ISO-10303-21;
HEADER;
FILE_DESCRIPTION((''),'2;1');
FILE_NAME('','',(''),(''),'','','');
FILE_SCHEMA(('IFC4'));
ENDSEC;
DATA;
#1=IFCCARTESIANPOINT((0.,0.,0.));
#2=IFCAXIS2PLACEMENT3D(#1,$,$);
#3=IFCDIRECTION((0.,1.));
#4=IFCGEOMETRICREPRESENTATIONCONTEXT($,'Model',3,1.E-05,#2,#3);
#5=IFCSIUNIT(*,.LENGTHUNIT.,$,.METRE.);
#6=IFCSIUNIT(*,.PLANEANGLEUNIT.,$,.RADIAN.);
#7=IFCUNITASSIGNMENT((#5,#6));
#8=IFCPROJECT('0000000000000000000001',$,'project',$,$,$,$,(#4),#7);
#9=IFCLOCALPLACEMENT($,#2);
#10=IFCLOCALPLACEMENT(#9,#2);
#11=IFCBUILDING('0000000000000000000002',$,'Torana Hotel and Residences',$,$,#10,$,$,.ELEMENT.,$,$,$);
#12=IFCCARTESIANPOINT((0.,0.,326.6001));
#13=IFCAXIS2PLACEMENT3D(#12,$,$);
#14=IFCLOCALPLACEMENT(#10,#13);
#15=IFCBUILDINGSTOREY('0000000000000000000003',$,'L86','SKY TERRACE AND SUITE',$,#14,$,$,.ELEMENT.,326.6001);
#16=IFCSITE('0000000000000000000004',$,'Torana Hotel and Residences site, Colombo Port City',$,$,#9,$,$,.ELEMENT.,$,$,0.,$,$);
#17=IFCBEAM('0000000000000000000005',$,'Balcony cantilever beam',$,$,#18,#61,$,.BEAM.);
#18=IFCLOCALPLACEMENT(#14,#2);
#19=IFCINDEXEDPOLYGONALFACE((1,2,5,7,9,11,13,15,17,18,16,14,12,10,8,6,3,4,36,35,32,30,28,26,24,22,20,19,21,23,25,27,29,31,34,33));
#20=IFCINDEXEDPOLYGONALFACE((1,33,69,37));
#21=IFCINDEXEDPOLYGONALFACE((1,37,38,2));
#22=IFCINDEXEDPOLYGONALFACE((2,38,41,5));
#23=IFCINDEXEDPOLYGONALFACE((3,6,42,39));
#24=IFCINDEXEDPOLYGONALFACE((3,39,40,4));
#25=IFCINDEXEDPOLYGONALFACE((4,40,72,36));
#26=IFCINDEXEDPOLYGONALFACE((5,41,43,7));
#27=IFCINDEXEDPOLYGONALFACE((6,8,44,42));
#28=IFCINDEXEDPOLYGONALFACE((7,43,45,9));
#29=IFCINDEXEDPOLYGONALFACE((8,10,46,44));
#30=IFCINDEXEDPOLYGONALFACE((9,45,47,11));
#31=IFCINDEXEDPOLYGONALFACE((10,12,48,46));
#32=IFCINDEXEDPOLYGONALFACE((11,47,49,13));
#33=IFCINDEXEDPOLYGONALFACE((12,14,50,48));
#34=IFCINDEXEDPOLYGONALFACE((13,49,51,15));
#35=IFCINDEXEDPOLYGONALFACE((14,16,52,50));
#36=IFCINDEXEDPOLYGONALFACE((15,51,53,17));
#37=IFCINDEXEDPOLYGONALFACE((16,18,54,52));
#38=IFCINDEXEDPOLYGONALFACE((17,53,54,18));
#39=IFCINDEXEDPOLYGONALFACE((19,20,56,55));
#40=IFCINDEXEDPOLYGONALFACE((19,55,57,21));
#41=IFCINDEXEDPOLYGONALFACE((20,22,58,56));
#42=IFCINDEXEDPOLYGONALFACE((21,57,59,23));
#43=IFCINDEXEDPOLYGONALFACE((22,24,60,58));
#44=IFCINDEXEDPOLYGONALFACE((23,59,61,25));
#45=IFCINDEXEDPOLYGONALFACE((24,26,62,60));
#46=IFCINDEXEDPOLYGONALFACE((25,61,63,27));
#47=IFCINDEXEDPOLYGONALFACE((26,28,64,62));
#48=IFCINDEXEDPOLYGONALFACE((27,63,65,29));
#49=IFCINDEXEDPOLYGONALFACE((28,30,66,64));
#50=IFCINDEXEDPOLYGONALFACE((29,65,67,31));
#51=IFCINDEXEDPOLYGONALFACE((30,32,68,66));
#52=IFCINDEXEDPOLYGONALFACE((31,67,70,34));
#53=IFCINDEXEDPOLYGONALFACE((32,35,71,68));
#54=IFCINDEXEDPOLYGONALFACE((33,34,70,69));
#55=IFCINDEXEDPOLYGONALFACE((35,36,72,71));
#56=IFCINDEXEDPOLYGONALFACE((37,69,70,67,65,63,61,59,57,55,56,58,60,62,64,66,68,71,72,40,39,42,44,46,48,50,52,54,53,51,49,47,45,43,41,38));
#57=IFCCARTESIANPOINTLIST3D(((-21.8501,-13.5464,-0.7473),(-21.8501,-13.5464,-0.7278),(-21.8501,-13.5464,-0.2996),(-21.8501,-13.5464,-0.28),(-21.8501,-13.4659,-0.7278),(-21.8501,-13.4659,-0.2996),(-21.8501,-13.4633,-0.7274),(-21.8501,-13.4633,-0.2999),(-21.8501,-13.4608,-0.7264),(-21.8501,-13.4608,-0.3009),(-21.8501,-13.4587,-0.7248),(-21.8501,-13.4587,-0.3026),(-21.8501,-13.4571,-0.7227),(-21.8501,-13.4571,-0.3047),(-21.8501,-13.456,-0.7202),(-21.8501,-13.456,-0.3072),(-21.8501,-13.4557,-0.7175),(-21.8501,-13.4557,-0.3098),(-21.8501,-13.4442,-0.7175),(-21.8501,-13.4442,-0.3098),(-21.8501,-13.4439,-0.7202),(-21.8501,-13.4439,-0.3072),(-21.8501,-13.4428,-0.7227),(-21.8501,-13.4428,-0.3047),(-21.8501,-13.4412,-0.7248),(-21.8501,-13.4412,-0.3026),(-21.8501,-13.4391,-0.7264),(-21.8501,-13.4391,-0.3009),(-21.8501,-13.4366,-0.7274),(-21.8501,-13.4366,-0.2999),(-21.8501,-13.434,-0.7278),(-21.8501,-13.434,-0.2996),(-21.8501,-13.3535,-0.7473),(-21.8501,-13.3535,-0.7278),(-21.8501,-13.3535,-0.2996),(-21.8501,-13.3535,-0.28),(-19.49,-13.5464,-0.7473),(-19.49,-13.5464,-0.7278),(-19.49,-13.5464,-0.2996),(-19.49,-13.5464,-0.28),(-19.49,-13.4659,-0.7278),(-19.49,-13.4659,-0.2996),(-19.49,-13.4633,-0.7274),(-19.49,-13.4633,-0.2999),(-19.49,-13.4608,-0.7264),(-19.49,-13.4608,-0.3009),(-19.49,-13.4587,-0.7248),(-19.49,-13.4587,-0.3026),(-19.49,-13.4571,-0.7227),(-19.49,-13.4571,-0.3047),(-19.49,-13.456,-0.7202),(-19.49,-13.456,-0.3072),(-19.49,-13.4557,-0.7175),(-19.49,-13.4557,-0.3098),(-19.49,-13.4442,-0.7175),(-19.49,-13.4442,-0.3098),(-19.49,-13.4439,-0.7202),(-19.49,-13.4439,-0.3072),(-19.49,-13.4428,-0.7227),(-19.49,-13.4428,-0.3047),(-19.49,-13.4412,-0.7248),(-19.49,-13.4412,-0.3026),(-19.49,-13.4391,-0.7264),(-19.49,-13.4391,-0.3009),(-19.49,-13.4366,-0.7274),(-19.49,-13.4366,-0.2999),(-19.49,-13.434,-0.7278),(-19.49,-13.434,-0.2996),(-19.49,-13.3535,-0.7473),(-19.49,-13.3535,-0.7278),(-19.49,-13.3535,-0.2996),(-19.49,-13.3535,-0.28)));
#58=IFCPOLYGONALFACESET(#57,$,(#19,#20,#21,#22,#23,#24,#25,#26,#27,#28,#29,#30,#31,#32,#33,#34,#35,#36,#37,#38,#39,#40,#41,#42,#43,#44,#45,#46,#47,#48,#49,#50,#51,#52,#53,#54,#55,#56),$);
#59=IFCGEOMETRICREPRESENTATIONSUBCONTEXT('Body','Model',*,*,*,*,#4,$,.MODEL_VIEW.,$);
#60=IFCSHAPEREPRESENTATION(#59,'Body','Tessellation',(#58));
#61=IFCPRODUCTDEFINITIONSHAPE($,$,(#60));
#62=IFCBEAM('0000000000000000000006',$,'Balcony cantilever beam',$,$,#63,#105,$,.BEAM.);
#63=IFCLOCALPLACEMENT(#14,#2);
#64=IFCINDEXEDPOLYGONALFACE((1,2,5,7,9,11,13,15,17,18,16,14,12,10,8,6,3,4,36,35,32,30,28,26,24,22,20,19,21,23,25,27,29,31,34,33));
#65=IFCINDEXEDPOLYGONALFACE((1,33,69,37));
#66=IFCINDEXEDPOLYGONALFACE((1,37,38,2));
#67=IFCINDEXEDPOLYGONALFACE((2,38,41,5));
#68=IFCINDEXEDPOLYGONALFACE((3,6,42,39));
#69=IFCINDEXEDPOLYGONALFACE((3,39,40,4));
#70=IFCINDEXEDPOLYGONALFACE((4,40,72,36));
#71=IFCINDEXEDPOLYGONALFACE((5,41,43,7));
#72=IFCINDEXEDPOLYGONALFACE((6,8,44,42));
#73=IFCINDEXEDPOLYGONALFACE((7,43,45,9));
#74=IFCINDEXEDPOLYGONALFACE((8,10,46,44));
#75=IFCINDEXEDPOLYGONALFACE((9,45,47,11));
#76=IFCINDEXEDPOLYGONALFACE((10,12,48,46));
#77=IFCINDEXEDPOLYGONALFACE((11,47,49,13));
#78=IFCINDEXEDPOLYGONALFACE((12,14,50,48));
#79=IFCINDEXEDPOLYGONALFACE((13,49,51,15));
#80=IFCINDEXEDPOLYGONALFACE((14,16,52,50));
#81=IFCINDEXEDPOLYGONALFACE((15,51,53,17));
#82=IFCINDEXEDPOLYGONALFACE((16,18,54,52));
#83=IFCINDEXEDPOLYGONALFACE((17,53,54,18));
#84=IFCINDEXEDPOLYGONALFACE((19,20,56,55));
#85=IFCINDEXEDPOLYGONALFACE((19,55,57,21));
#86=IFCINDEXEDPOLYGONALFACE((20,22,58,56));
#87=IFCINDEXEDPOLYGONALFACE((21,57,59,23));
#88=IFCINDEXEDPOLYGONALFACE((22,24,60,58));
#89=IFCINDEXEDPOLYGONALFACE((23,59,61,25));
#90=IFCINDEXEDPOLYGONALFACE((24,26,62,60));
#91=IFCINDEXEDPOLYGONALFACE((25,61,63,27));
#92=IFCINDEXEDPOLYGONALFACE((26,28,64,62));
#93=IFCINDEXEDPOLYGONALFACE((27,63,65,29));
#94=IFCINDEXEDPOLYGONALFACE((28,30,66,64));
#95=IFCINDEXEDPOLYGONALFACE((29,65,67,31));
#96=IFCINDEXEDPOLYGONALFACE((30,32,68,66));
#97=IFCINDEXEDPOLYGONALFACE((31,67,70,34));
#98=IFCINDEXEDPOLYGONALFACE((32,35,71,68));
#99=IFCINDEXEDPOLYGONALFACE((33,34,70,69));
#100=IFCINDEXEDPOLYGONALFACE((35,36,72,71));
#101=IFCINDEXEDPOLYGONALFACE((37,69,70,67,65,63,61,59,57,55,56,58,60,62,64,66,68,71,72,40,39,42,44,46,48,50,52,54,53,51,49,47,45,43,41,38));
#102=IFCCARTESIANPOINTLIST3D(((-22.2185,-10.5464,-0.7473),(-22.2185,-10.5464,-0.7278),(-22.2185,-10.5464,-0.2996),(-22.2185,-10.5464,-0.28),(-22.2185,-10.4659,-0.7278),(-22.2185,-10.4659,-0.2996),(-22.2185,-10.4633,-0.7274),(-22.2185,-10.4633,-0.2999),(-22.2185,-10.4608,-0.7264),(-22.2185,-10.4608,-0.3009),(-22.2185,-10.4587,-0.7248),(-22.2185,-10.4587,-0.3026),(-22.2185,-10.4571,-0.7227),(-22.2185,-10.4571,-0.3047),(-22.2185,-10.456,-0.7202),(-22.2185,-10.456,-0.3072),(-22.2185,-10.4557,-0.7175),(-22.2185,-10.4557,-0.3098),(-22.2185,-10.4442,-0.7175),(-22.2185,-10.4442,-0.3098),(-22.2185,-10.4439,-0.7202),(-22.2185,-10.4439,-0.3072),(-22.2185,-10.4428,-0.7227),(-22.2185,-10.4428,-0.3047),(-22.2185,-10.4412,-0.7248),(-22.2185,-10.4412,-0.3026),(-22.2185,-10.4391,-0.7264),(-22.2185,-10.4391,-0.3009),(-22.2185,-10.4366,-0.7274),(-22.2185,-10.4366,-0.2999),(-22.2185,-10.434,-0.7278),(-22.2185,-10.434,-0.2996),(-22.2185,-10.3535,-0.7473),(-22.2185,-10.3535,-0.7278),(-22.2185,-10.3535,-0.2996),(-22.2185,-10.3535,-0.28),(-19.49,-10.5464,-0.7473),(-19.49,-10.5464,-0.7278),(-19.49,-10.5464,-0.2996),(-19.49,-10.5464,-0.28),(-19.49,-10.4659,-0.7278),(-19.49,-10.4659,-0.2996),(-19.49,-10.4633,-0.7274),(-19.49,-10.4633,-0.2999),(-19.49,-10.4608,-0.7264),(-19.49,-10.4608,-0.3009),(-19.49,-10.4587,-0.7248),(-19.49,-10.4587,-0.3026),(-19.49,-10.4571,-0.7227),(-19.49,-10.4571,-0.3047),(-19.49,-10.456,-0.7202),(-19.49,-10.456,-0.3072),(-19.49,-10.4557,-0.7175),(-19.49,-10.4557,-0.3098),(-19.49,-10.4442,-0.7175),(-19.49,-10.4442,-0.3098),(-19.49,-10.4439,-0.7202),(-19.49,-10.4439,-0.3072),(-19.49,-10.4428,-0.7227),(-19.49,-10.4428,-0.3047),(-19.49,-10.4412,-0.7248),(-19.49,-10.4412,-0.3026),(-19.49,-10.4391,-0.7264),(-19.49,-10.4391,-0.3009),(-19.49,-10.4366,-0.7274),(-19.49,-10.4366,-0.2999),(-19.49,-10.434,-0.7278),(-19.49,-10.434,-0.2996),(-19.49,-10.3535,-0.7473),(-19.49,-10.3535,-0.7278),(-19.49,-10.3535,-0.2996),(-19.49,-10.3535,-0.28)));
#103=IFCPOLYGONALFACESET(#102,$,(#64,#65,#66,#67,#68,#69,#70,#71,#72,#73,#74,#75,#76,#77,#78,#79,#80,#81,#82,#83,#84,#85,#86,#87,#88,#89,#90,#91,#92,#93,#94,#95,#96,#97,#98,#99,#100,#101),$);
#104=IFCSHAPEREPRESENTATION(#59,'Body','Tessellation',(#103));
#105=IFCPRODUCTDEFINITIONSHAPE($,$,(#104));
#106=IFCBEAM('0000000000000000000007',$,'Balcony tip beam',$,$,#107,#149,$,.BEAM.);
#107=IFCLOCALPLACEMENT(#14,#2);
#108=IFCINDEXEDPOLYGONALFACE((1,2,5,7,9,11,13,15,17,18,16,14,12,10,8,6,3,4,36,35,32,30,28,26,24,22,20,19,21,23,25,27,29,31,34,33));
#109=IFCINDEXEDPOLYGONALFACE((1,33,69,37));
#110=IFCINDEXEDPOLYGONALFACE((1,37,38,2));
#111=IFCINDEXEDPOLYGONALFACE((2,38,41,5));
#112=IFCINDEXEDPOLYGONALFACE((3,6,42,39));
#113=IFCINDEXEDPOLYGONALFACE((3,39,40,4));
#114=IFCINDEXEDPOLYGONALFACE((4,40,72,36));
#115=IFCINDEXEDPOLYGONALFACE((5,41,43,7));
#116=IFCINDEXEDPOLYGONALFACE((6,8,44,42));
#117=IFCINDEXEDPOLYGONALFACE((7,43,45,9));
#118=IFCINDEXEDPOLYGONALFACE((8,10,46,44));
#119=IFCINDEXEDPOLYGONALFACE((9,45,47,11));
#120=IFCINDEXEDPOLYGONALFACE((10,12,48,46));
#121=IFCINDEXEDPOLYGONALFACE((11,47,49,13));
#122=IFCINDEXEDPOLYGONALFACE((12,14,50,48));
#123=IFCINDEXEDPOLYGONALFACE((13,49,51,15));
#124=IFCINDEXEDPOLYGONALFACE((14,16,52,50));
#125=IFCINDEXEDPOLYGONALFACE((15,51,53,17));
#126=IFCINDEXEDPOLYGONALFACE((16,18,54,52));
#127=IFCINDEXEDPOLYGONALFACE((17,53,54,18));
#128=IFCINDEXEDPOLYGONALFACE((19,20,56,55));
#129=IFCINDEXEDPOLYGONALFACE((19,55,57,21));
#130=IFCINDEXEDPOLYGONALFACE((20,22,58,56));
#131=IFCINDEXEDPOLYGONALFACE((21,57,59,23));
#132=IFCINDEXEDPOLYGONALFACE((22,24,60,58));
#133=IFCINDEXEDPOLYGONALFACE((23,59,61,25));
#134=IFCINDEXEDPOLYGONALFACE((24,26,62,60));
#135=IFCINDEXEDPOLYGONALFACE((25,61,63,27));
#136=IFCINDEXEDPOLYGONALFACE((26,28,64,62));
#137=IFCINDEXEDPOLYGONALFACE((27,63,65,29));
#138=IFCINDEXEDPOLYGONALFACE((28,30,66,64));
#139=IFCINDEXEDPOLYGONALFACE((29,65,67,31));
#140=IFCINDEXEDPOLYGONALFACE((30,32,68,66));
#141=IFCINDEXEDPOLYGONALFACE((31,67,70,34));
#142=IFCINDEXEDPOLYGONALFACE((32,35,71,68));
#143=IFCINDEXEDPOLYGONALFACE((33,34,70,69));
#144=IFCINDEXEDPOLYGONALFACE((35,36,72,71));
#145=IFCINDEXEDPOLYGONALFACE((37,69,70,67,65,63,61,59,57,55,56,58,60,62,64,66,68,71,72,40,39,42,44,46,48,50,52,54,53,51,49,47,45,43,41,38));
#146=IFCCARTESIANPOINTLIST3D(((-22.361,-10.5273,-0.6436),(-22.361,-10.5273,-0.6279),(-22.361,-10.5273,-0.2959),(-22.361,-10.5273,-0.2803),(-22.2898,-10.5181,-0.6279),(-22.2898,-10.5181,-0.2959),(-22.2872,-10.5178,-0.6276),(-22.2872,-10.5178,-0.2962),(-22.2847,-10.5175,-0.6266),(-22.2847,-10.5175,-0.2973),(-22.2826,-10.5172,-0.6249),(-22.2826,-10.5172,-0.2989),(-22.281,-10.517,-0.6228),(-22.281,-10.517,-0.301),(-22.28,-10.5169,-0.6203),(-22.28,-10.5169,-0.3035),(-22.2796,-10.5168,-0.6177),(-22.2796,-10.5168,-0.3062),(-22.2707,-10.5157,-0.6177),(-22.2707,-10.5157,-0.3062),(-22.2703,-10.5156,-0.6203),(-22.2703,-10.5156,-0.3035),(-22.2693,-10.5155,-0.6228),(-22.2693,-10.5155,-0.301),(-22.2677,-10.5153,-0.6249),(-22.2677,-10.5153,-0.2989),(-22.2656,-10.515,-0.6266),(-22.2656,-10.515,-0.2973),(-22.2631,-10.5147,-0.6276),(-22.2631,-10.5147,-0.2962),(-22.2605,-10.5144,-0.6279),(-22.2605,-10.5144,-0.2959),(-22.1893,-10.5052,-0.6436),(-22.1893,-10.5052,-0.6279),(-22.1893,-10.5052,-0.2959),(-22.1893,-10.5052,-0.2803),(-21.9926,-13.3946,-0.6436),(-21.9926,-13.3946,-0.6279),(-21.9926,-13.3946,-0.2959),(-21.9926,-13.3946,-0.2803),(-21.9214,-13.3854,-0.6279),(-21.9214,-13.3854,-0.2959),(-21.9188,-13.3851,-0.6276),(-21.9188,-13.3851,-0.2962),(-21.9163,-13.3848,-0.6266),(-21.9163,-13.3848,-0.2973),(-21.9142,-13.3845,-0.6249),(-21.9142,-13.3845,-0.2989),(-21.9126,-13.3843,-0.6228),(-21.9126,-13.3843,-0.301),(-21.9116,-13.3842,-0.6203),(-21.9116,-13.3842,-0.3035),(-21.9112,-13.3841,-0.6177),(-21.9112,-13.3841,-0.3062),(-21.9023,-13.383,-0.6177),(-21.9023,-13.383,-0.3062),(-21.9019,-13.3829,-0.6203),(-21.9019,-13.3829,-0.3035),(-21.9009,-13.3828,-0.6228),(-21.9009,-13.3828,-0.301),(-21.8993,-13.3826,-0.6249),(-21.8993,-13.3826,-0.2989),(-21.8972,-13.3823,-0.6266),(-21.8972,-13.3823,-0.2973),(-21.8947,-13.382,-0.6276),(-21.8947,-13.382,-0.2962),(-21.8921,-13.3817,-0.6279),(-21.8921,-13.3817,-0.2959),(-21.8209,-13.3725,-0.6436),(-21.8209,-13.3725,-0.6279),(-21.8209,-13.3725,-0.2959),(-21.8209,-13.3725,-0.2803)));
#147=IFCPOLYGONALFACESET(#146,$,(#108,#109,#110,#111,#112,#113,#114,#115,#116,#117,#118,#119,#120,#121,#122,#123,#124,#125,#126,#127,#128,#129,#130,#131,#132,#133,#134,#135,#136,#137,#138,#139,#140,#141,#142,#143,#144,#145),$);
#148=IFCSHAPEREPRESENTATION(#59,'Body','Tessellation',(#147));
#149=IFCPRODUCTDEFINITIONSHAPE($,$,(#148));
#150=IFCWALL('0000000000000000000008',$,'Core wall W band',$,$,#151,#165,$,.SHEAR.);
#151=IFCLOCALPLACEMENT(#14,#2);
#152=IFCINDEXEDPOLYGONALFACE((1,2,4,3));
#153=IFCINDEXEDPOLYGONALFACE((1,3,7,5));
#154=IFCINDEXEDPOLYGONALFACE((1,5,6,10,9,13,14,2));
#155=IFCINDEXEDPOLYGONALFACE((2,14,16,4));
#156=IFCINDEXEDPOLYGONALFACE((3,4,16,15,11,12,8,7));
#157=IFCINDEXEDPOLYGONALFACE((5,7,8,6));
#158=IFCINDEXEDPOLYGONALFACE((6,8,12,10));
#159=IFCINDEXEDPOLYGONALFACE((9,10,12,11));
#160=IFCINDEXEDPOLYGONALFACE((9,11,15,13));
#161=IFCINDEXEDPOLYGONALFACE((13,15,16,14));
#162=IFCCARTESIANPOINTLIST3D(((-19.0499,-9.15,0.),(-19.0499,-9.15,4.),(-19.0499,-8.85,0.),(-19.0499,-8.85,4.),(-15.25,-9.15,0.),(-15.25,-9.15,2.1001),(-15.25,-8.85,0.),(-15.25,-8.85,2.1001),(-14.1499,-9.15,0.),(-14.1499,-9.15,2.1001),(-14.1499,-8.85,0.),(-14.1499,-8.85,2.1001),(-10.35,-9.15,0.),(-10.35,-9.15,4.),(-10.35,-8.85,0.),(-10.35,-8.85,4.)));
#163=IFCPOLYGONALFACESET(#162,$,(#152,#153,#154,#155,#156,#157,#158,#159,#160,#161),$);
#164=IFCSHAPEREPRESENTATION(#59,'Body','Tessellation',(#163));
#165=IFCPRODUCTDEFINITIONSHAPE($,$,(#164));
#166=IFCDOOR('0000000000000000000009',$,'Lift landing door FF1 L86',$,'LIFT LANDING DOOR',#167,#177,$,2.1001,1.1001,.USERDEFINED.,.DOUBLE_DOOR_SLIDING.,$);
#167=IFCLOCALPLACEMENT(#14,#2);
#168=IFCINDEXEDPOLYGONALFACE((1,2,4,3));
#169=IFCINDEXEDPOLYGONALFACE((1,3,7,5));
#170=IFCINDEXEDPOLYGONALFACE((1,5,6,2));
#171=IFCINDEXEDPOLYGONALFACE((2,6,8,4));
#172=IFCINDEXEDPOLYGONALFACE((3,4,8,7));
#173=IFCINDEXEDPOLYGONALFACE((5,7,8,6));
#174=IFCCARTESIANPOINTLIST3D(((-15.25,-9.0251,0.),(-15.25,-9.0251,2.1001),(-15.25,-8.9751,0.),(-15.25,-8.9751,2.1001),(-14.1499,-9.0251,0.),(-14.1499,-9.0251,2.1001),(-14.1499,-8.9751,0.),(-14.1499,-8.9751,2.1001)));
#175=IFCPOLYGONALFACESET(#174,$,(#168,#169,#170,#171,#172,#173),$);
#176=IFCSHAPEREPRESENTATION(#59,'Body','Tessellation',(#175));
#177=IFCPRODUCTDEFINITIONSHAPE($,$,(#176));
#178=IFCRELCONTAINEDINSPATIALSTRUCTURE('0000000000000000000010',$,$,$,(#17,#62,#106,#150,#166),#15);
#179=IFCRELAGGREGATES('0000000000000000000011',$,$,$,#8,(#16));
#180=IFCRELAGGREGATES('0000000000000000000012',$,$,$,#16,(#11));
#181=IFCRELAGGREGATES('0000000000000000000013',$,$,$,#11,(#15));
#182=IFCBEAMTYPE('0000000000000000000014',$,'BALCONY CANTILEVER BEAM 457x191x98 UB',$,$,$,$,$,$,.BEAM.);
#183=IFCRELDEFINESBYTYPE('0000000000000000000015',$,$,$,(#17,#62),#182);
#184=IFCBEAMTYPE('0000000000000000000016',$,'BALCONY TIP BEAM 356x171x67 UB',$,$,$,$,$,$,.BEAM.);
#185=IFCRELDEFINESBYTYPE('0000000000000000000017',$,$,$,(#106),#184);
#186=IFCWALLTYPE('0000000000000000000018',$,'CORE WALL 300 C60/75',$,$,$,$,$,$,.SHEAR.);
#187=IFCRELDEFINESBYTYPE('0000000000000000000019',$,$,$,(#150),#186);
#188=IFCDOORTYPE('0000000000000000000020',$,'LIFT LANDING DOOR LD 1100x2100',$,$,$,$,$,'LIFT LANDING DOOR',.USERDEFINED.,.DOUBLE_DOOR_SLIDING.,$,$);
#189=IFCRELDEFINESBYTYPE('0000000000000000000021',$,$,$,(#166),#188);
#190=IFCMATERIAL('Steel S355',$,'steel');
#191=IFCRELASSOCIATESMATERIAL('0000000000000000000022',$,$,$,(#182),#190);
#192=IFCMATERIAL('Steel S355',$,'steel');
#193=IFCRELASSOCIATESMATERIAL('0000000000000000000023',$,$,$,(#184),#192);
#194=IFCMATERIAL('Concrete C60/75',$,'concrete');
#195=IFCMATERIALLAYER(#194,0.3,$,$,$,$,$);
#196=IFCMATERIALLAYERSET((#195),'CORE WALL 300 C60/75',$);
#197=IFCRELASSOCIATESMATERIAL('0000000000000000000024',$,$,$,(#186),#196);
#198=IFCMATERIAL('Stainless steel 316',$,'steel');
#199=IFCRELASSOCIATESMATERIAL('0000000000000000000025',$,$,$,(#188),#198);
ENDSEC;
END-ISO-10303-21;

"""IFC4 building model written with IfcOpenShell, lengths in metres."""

from ifc_helpers import new_model, si_unit, direction, frame, frame_2d, origin, origin_2d, place, context, subcontext, project, spatial, rectangle, i_section, extrude, material, layer, layer_set, material_profile, profile_set, type_object, element, fill, save


model = new_model("IFC4")

# Units and contexts
model_context = context("Model", 3, precision=1e-05, world=origin(), true_north=direction((0.0, 1.0)))
body_context = subcontext(model_context, "Body", "Model", "MODEL_VIEW")
ifc_project = project(units=[si_unit("LENGTHUNIT", "METRE"), si_unit("PLANEANGLEUNIT", "RADIAN")], contexts=[model_context])

# Site, building, storey
site_placement = place(None, origin())
site = spatial("IfcSite", under=ifc_project, at=site_placement, Name="Torana Hotel and Residences site, Colombo Port City", CompositionType="ELEMENT", RefElevation=0.0)
building_placement = place(site_placement, origin())
building = spatial("IfcBuilding", under=site, at=building_placement, Name="Torana Hotel and Residences", CompositionType="ELEMENT")
storey_placement = place(building_placement, frame((0.0, 0.0, 326.6001)))
storey = spatial("IfcBuildingStorey", under=building, at=storey_placement, Name="L86", Description="SKY TERRACE AND SUITE", CompositionType="ELEMENT", Elevation=326.6001)

# Beams
ifc_material_1 = material(Name="Steel S355", Category="steel")
ifc_material_profile_1 = material_profile(ifc_material_1, i_section(OverallWidth=0.1929, OverallDepth=0.4673, WebThickness=0.0115, FlangeThickness=0.0195, FilletRadius=0.0103, at=origin_2d()), Name="457x191x98 UB")
ifc_profile_set_1 = profile_set([ifc_material_profile_1], Name="Steel S355")
beam_type_1 = type_object("IfcBeamType", Name="BALCONY CANTILEVER BEAM 457x191x98 UB", PredefinedType="BEAM", material=ifc_profile_set_1)
beam_1_placement = place(storey_placement, frame((-19.49, -13.45, -0.5137), z_axis=(-1.0, 0.0, 0.0), x_axis=(0.0, -1.0, 0.0)))
element("IfcBeam", 1, at=beam_1_placement, inside=storey, type_object=beam_type_1, Name="Balcony cantilever beam", PredefinedType="BEAM", context=body_context, shape_type="SweptSolid", body=[
    extrude(i_section(OverallWidth=0.1929, OverallDepth=0.4673, WebThickness=0.0115, FlangeThickness=0.0195, FilletRadius=0.0103, at=origin_2d()), origin(), (0.0, 0.0, 1.0), 2.3601),
])
beam_2_placement = place(storey_placement, frame((-19.49, -10.45, -0.5137), z_axis=(-1.0, 0.0, 0.0), x_axis=(0.0, -1.0, 0.0)))
element("IfcBeam", 2, at=beam_2_placement, inside=storey, type_object=beam_type_1, Name="Balcony cantilever beam", PredefinedType="BEAM", context=body_context, shape_type="SweptSolid", body=[
    extrude(i_section(OverallWidth=0.1929, OverallDepth=0.4673, WebThickness=0.0115, FlangeThickness=0.0195, FilletRadius=0.0103, at=origin_2d()), origin(), (0.0, 0.0, 1.0), 2.7285),
])
ifc_material_2 = material(Name="Steel S355", Category="steel")
ifc_material_profile_2 = material_profile(ifc_material_2, i_section(OverallWidth=0.1731, OverallDepth=0.3633, WebThickness=0.009, FlangeThickness=0.0156, FilletRadius=0.0103, at=origin_2d()), Name="356x171x67 UB")
ifc_profile_set_2 = profile_set([ifc_material_profile_2], Name="Steel S355")
beam_type_2 = type_object("IfcBeamType", Name="BALCONY TIP BEAM 356x171x67 UB", PredefinedType="BEAM", material=ifc_profile_set_2)
beam_3_placement = place(storey_placement, frame((-21.9067, -13.3835, -0.4619), z_axis=(-0.127443, 0.991846, 0.0), x_axis=(-0.991846, -0.127443, 0.0)))
element("IfcBeam", 3, at=beam_3_placement, inside=storey, type_object=beam_type_2, Name="Balcony tip beam", PredefinedType="BEAM", context=body_context, shape_type="SweptSolid", body=[
    extrude(i_section(OverallWidth=0.1731, OverallDepth=0.3633, WebThickness=0.009, FlangeThickness=0.0156, FilletRadius=0.0103, at=origin_2d()), origin(), (0.0, 0.0, 1.0), 2.8909),
])

# Wall, opening, door
ifc_material_3 = material(Name="Concrete C60/75", Category="concrete")
ifc_layer_1 = layer(ifc_material_3, 0.3)
ifc_layer_set_1 = layer_set([ifc_layer_1], Name="CORE WALL 300 C60/75")
wall_type_1 = type_object("IfcWallType", Name="CORE WALL 300 C60/75", PredefinedType="SHEAR", material=ifc_layer_set_1)
wall_1_placement = place(storey_placement, frame((-19.05, -9.0, 0.0), z_axis=(0.0, 0.0, 1.0), x_axis=(1.0, 0.0, 0.0)))
wall_1 = element("IfcWall", 4, at=wall_1_placement, inside=storey, type_object=wall_type_1, Name="Core wall W band", PredefinedType="SHEAR", context=body_context, shape_type="SweptSolid", body=[
    extrude(rectangle(XDim=8.7, YDim=0.3, at=frame_2d((4.3501, 0.0))), origin(), (0.0, 0.0, 1.0), 4.0),
])
opening_1_placement = place(wall_1_placement, frame((3.8, 0.0, 0.0)))
opening_1 = element("IfcOpeningElement", 5, at=opening_1_placement, cuts=wall_1, PredefinedType="OPENING", context=body_context, shape_type="SweptSolid", body=[
    extrude(rectangle(XDim=1.1001, YDim=2.1001, at=frame_2d((0.55, 1.05))), frame((0.0, 0.1599, 0.0), z_axis=(0.0, -1.0, 0.0), x_axis=(1.0, 0.0, 0.0)), (0.0, 0.0, 1.0), 0.3201),
])
ifc_material_4 = material(Name="Stainless steel 316", Category="steel")
door_type_1 = type_object("IfcDoorType", Name="LIFT LANDING DOOR LD 1100x2100", ElementType="LIFT LANDING DOOR", OperationType="DOUBLE_DOOR_SLIDING", PredefinedType="USERDEFINED", material=ifc_material_4)
door_1_placement = place(opening_1_placement, origin())
door_1 = element("IfcDoor", 6, at=door_1_placement, inside=storey, type_object=door_type_1, Name="Lift landing door FF1 L86", ObjectType="LIFT LANDING DOOR", OperationType="DOUBLE_DOOR_SLIDING", OverallHeight=2.1001, OverallWidth=1.1001, PredefinedType="USERDEFINED", context=body_context, shape_type="SweptSolid", body=[
    extrude(rectangle(XDim=1.1001, YDim=2.1001, at=frame_2d((0.55, 1.05))), frame((0.0, 0.0249, 0.0), z_axis=(0.0, -1.0, 0.0), x_axis=(1.0, 0.0, 0.0)), (0.0, 0.0, 1.0), 0.05),
])
fill(opening_1, door_1)

save(model, "model.ifc")
